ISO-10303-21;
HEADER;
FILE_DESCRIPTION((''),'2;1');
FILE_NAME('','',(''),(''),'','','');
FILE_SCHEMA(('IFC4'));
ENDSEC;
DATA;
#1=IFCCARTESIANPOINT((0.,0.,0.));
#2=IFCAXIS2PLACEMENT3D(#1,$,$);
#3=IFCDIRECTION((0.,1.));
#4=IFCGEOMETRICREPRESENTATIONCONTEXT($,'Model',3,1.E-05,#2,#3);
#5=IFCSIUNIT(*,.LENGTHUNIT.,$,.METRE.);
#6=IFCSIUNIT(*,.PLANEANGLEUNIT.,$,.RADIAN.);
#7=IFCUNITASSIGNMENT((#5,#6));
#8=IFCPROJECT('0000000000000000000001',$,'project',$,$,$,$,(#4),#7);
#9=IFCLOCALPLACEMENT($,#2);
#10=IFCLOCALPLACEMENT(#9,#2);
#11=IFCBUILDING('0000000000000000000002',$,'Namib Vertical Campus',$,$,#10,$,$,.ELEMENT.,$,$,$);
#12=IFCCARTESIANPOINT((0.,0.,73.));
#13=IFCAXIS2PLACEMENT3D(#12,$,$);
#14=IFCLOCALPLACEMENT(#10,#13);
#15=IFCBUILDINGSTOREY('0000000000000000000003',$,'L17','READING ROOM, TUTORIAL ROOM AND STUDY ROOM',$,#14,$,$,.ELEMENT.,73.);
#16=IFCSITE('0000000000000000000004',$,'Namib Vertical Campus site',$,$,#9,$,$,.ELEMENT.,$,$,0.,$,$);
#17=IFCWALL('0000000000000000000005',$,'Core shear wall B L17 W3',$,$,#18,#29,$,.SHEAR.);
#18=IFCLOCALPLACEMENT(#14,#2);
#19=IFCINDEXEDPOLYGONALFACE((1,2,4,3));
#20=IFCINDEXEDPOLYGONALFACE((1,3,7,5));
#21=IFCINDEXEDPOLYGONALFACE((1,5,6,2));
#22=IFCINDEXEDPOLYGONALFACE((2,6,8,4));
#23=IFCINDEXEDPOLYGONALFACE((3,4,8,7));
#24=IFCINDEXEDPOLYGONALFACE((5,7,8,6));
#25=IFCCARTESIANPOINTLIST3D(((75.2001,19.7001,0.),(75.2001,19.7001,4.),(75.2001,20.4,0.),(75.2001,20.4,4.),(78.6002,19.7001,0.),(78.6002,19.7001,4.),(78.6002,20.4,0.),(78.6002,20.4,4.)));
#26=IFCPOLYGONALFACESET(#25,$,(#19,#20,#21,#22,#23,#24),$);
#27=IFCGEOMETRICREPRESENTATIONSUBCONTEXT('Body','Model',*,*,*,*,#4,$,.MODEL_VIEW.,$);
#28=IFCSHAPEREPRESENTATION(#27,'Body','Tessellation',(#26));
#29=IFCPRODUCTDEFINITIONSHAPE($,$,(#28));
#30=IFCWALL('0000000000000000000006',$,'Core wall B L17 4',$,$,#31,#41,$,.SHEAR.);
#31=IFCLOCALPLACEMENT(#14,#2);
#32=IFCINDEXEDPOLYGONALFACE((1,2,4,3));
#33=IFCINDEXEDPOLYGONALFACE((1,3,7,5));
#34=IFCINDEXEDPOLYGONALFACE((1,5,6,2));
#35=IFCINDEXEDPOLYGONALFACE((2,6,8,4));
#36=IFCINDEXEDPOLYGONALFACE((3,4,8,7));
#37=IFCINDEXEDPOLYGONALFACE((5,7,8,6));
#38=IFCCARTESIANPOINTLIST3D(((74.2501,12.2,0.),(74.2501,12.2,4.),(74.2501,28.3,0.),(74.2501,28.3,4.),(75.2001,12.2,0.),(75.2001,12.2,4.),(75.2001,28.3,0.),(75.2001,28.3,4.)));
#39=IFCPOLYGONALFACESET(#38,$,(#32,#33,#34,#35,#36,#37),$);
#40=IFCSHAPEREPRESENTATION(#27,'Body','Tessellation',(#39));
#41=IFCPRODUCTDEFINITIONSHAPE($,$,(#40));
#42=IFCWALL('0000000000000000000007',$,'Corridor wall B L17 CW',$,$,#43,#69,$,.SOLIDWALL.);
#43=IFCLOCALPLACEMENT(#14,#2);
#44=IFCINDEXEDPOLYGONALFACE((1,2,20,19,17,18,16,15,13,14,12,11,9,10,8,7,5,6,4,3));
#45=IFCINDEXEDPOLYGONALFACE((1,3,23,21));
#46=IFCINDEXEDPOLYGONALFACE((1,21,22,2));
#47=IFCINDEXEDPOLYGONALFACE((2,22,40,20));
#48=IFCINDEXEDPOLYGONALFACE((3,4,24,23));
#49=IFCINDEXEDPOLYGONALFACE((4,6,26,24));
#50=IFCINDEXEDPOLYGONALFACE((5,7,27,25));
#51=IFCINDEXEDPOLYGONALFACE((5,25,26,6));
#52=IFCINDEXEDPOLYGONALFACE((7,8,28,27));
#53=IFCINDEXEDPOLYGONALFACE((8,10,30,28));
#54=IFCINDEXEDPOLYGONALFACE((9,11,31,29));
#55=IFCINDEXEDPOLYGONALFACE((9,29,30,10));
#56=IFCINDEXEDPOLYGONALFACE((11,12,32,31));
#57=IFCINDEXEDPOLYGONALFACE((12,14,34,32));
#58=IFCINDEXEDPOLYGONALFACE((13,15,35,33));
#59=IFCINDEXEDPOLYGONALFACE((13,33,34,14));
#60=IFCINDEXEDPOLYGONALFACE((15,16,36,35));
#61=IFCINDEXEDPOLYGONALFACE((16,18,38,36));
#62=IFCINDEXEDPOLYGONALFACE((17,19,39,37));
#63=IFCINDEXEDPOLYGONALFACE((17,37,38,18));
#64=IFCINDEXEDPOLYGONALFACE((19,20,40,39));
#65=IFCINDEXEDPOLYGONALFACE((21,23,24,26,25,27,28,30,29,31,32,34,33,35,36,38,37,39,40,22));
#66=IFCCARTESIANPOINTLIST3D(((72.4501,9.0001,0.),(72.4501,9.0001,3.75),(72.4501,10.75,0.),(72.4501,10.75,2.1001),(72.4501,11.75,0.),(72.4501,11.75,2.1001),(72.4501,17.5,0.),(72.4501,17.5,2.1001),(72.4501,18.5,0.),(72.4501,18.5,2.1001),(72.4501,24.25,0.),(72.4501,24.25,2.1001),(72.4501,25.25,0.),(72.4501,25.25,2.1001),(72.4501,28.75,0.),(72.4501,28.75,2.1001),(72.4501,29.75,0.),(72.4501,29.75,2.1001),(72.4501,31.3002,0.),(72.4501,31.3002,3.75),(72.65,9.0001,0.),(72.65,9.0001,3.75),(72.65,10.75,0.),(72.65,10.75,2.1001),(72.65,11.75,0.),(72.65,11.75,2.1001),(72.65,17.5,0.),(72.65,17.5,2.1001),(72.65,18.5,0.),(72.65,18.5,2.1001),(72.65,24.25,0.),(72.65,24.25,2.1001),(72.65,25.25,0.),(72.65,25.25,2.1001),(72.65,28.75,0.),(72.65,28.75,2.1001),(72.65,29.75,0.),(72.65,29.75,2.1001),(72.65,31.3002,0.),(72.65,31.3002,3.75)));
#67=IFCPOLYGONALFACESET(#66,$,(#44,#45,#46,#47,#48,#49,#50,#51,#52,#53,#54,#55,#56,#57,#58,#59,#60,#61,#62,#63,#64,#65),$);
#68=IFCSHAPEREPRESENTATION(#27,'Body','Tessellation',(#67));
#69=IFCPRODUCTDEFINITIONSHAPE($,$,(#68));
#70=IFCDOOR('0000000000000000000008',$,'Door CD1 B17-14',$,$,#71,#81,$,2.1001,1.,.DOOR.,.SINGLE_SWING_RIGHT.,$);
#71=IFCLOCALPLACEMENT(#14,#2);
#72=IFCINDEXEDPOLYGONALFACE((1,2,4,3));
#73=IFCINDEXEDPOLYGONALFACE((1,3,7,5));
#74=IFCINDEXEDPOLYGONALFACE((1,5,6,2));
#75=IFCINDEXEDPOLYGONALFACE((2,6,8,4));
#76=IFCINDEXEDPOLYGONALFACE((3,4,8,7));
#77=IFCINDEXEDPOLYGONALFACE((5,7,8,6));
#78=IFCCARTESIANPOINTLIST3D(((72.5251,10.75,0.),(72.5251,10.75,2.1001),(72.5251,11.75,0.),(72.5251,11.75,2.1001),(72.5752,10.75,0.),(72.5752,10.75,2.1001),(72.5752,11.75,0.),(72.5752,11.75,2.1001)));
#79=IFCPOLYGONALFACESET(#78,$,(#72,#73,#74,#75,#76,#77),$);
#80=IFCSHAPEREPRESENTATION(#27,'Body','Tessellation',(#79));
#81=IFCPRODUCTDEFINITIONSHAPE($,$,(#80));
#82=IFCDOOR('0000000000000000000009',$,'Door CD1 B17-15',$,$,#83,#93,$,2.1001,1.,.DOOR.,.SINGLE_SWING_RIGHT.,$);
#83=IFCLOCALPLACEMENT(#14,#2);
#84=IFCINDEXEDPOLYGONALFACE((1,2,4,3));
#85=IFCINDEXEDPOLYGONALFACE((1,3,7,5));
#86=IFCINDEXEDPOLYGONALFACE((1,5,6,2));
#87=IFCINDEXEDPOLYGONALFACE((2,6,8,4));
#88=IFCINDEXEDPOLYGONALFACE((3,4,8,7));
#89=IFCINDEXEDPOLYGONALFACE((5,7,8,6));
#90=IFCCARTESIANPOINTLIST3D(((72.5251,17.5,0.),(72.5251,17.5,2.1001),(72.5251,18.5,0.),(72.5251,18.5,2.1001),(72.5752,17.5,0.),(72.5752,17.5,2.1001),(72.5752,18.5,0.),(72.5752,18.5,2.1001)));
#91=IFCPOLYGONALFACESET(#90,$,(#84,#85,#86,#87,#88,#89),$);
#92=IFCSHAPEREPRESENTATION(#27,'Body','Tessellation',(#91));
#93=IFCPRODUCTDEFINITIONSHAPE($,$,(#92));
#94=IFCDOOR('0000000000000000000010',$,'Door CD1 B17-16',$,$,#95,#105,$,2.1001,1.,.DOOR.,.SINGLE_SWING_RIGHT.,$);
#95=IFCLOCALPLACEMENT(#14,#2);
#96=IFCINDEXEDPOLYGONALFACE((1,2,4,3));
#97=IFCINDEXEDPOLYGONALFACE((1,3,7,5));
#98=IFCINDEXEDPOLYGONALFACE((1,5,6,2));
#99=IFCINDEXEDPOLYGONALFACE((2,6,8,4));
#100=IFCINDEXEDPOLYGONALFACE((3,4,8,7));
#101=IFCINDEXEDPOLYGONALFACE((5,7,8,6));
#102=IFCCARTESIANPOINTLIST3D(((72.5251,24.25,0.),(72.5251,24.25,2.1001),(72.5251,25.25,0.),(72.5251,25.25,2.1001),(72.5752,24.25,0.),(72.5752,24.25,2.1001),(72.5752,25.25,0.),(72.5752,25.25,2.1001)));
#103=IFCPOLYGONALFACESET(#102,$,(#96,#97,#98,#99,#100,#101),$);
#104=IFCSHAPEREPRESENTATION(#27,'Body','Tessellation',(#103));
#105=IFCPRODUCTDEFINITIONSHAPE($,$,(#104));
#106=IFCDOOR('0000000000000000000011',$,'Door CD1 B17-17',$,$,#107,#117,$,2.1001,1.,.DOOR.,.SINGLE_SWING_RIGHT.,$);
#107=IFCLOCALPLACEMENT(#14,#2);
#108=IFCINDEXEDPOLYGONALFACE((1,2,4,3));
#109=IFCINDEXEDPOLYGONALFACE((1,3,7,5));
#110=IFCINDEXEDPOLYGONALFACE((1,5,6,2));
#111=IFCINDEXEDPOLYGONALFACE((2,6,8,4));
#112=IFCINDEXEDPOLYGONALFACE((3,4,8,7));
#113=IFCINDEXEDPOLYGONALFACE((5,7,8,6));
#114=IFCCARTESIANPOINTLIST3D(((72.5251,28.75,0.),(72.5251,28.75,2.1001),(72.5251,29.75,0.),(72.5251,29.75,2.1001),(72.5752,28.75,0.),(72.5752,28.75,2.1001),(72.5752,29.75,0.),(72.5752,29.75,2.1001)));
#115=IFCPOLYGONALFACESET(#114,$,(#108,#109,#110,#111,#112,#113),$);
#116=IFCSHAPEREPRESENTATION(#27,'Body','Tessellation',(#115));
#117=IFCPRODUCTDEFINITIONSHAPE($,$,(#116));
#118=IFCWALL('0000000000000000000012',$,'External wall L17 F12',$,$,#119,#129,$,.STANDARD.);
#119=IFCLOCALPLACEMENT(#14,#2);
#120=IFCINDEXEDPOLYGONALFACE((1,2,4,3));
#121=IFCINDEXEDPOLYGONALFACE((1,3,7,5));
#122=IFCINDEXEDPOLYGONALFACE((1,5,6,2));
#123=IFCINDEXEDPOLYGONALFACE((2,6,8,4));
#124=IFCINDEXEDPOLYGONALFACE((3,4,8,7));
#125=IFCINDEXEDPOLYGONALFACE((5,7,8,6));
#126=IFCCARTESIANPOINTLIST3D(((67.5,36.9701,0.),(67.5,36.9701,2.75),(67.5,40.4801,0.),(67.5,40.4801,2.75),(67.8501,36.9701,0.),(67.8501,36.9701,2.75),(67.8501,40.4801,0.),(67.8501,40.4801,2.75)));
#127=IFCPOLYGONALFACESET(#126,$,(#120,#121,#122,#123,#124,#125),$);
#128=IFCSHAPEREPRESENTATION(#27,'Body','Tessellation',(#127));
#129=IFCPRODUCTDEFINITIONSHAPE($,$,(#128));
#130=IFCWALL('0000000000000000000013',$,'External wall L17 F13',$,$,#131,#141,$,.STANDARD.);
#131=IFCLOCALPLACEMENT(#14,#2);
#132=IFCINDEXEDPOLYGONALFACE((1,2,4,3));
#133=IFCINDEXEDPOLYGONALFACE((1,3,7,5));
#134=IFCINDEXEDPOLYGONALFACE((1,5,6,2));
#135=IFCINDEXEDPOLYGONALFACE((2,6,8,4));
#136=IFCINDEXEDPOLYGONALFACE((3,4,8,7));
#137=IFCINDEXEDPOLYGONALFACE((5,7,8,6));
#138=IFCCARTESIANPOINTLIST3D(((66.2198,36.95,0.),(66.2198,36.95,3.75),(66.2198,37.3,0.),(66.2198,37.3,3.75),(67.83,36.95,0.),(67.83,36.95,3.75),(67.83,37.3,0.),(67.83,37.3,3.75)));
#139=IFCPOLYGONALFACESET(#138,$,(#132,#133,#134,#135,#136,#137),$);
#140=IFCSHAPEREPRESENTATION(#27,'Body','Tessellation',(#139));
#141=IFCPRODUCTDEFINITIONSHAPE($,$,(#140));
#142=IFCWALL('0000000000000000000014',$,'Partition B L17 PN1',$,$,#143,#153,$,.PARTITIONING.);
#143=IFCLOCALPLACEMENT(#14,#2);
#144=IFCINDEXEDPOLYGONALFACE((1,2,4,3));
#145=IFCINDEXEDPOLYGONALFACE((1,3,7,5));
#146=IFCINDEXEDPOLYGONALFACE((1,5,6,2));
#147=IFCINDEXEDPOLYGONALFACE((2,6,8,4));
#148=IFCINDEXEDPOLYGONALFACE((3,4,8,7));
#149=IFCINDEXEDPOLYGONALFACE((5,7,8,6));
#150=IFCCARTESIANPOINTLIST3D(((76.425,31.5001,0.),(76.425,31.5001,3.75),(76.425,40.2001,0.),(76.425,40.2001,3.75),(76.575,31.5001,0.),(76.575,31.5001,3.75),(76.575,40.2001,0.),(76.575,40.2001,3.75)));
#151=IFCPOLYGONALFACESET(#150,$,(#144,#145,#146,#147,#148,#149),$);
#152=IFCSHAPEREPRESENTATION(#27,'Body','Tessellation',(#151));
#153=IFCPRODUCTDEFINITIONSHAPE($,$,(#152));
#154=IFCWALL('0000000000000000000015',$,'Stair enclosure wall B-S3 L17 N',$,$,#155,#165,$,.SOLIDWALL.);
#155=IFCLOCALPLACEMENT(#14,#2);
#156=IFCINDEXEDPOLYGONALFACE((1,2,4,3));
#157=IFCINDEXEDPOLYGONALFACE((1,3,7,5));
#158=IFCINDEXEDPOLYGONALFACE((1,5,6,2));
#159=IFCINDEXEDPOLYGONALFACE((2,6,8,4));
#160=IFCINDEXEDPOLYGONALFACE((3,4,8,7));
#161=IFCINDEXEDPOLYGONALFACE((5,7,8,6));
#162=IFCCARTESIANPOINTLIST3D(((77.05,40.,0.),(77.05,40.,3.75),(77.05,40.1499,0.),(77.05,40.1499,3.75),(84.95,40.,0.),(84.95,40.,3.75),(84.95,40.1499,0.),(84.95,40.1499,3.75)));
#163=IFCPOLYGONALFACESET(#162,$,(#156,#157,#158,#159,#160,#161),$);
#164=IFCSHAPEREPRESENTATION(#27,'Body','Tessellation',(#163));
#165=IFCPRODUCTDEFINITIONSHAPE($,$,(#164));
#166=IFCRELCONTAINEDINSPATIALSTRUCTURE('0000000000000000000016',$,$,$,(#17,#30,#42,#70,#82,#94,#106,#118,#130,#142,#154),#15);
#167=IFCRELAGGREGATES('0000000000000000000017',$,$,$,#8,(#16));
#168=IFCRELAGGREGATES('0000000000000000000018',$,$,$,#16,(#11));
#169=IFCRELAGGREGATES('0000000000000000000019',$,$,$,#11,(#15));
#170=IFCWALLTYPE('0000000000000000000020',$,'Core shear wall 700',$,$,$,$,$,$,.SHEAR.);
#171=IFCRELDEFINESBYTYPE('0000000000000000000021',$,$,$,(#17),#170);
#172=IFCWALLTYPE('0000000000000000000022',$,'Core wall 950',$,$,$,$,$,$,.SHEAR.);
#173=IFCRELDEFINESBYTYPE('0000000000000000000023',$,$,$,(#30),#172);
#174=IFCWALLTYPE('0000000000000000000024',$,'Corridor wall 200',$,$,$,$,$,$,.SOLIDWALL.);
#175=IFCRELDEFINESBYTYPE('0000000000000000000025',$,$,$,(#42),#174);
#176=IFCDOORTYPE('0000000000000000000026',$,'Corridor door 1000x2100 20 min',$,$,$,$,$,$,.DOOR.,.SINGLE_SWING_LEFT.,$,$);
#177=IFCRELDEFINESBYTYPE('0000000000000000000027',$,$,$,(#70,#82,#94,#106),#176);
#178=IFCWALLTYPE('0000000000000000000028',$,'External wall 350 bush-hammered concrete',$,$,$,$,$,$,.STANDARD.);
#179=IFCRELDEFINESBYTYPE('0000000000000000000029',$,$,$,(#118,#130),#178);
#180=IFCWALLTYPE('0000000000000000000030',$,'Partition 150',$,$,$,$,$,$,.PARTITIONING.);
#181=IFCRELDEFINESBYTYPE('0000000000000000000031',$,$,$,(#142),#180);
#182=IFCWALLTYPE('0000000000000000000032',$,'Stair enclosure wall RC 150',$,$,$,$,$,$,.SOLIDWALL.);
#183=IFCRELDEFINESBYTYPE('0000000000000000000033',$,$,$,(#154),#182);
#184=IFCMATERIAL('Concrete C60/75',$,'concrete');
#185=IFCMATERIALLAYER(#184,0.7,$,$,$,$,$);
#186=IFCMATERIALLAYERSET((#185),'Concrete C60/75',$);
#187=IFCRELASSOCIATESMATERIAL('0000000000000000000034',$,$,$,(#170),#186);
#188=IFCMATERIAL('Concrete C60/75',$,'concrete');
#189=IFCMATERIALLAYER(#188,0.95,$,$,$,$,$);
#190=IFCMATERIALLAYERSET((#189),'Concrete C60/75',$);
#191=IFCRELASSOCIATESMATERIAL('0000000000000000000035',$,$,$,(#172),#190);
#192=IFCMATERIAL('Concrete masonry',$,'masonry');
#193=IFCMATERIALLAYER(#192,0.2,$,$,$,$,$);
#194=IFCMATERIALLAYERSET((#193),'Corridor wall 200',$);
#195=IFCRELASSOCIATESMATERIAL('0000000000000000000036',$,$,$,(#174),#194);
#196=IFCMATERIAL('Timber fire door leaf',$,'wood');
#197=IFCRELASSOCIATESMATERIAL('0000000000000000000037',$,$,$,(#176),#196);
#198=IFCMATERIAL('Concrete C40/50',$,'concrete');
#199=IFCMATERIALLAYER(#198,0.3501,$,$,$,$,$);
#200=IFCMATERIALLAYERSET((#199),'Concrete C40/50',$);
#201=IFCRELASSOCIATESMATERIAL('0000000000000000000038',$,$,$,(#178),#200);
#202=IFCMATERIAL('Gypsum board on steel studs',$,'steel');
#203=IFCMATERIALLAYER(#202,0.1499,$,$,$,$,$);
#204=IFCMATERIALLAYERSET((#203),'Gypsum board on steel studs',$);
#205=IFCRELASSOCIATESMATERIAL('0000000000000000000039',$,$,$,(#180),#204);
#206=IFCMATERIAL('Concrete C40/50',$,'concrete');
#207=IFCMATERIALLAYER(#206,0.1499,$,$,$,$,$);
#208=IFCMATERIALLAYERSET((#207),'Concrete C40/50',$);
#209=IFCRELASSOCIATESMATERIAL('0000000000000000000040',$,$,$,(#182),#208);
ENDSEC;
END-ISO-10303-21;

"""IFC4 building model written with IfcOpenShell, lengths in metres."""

from ifc_helpers import new_model, si_unit, direction, frame, frame_2d, origin, place, context, subcontext, project, spatial, rectangle, extrude, material, layer, layer_set, type_object, element, fill, save


model = new_model("IFC4")

# Units and contexts
model_context = context("Model", 3, precision=1e-05, world=origin(), true_north=direction((0.0, 1.0)))
body_context = subcontext(model_context, "Body", "Model", "MODEL_VIEW")
ifc_project = project(units=[si_unit("LENGTHUNIT", "METRE"), si_unit("PLANEANGLEUNIT", "RADIAN")], contexts=[model_context])

# Site, building, storey
site_placement = place(None, origin())
site = spatial("IfcSite", under=ifc_project, at=site_placement, Name="Namib Vertical Campus site", CompositionType="ELEMENT", RefElevation=0.0)
building_placement = place(site_placement, origin())
building = spatial("IfcBuilding", under=site, at=building_placement, Name="Namib Vertical Campus", CompositionType="ELEMENT")
storey_placement = place(building_placement, frame((0.0, 0.0, 73.0)))
storey = spatial("IfcBuildingStorey", under=building, at=storey_placement, Name="L17", Description="READING ROOM, TUTORIAL ROOM AND STUDY ROOM", CompositionType="ELEMENT", Elevation=73.0)

# Walls
ifc_material_1 = material(Name="Concrete C60/75", Category="concrete")
ifc_layer_1 = layer(ifc_material_1, 0.7)
ifc_layer_set_1 = layer_set([ifc_layer_1], Name="Concrete C60/75")
wall_type_1 = type_object("IfcWallType", Name="Core shear wall 700", PredefinedType="SHEAR", material=ifc_layer_set_1)
wall_1_placement = place(storey_placement, frame((75.2, 20.05, 0.0), z_axis=(0.0, 0.0, 1.0), x_axis=(1.0, 0.0, 0.0)))
element("IfcWall", 1, at=wall_1_placement, inside=storey, type_object=wall_type_1, Name="Core shear wall B L17 W3", PredefinedType="SHEAR", context=body_context, shape_type="SweptSolid", body=[
    extrude(rectangle(XDim=3.4001, YDim=0.7, at=frame_2d((1.7002, 0.0))), origin(), (0.0, 0.0, 1.0), 4.0),
])
ifc_material_2 = material(Name="Concrete C60/75", Category="concrete")
ifc_layer_2 = layer(ifc_material_2, 0.95)
ifc_layer_set_2 = layer_set([ifc_layer_2], Name="Concrete C60/75")
wall_type_2 = type_object("IfcWallType", Name="Core wall 950", PredefinedType="SHEAR", material=ifc_layer_set_2)
wall_2_placement = place(storey_placement, frame((74.7251, 28.3, 0.0), z_axis=(0.0, 0.0, 1.0), x_axis=(0.0, -1.0, 0.0)))
element("IfcWall", 2, at=wall_2_placement, inside=storey, type_object=wall_type_2, Name="Core wall B L17 4", PredefinedType="SHEAR", context=body_context, shape_type="SweptSolid", body=[
    extrude(rectangle(XDim=16.1001, YDim=0.95, at=frame_2d((8.05, 0.0))), origin(), (0.0, 0.0, 1.0), 4.0),
])

# Wall, openings, doors
ifc_material_3 = material(Name="Concrete masonry", Category="masonry")
ifc_layer_3 = layer(ifc_material_3, 0.2)
ifc_layer_set_3 = layer_set([ifc_layer_3], Name="Corridor wall 200")
wall_type_3 = type_object("IfcWallType", Name="Corridor wall 200", PredefinedType="SOLIDWALL", material=ifc_layer_set_3)
wall_3_placement = place(storey_placement, frame((72.55, 31.3, 0.0), z_axis=(0.0, 0.0, 1.0), x_axis=(0.0, -1.0, 0.0)))
wall_3 = element("IfcWall", 3, at=wall_3_placement, inside=storey, type_object=wall_type_3, Name="Corridor wall B L17 CW", PredefinedType="SOLIDWALL", context=body_context, shape_type="SweptSolid", body=[
    extrude(rectangle(XDim=22.3, YDim=0.2, at=frame_2d((11.1499, 0.0))), origin(), (0.0, 0.0, 1.0), 3.75),
])
opening_1_placement = place(wall_3_placement, frame((19.55, 0.0, 0.0)))
opening_1 = element("IfcOpeningElement", 4, at=opening_1_placement, cuts=wall_3, PredefinedType="OPENING", context=body_context, shape_type="SweptSolid", body=[
    extrude(rectangle(XDim=1.0, YDim=2.1001, at=frame_2d((0.5, 1.05))), frame((0.0, 0.1099, 0.0), z_axis=(0.0, -1.0, 0.0), x_axis=(1.0, 0.0, 0.0)), (0.0, 0.0, 1.0), 0.22),
])
opening_2_placement = place(wall_3_placement, frame((12.8, 0.0, 0.0)))
opening_2 = element("IfcOpeningElement", 5, at=opening_2_placement, cuts=wall_3, PredefinedType="OPENING", context=body_context, shape_type="SweptSolid", body=[
    extrude(rectangle(XDim=1.0, YDim=2.1001, at=frame_2d((0.5, 1.05))), frame((0.0, 0.1099, 0.0), z_axis=(0.0, -1.0, 0.0), x_axis=(1.0, 0.0, 0.0)), (0.0, 0.0, 1.0), 0.22),
])
opening_3_placement = place(wall_3_placement, frame((6.05, 0.0, 0.0)))
opening_3 = element("IfcOpeningElement", 6, at=opening_3_placement, cuts=wall_3, PredefinedType="OPENING", context=body_context, shape_type="SweptSolid", body=[
    extrude(rectangle(XDim=1.0, YDim=2.1001, at=frame_2d((0.5, 1.05))), frame((0.0, 0.1099, 0.0), z_axis=(0.0, -1.0, 0.0), x_axis=(1.0, 0.0, 0.0)), (0.0, 0.0, 1.0), 0.22),
])
opening_4_placement = place(wall_3_placement, frame((1.55, 0.0, 0.0)))
opening_4 = element("IfcOpeningElement", 7, at=opening_4_placement, cuts=wall_3, PredefinedType="OPENING", context=body_context, shape_type="SweptSolid", body=[
    extrude(rectangle(XDim=1.0, YDim=2.1001, at=frame_2d((0.5, 1.05))), frame((0.0, 0.1099, 0.0), z_axis=(0.0, -1.0, 0.0), x_axis=(1.0, 0.0, 0.0)), (0.0, 0.0, 1.0), 0.22),
])
ifc_material_4 = material(Name="Timber fire door leaf", Category="wood")
door_type_1 = type_object("IfcDoorType", Name="Corridor door 1000x2100 20 min", OperationType="SINGLE_SWING_LEFT", PredefinedType="DOOR", material=ifc_material_4)
door_1_placement = place(opening_1_placement, frame((1.0, 0.0, 0.0), z_axis=(0.0, 0.0, 1.0), x_axis=(-1.0, 0.0, 0.0)))
door_1 = element("IfcDoor", 8, at=door_1_placement, inside=storey, type_object=door_type_1, Name="Door CD1 B17-14", OperationType="SINGLE_SWING_RIGHT", OverallHeight=2.1001, OverallWidth=1.0, PredefinedType="DOOR", context=body_context, shape_type="SweptSolid", body=[
    extrude(rectangle(XDim=1.0, YDim=2.1001, at=frame_2d((0.5, 1.05))), frame((0.0, 0.0249, 0.0), z_axis=(0.0, -1.0, 0.0), x_axis=(1.0, 0.0, 0.0)), (0.0, 0.0, 1.0), 0.05),
])
fill(opening_1, door_1)
door_2_placement = place(opening_2_placement, frame((1.0, 0.0, 0.0), z_axis=(0.0, 0.0, 1.0), x_axis=(-1.0, 0.0, 0.0)))
door_2 = element("IfcDoor", 9, at=door_2_placement, inside=storey, type_object=door_type_1, Name="Door CD1 B17-15", OperationType="SINGLE_SWING_RIGHT", OverallHeight=2.1001, OverallWidth=1.0, PredefinedType="DOOR", context=body_context, shape_type="SweptSolid", body=[
    extrude(rectangle(XDim=1.0, YDim=2.1001, at=frame_2d((0.5, 1.05))), frame((0.0, 0.0249, 0.0), z_axis=(0.0, -1.0, 0.0), x_axis=(1.0, 0.0, 0.0)), (0.0, 0.0, 1.0), 0.05),
])
fill(opening_2, door_2)
door_3_placement = place(opening_3_placement, frame((1.0, 0.0, 0.0), z_axis=(0.0, 0.0, 1.0), x_axis=(-1.0, 0.0, 0.0)))
door_3 = element("IfcDoor", 10, at=door_3_placement, inside=storey, type_object=door_type_1, Name="Door CD1 B17-16", OperationType="SINGLE_SWING_RIGHT", OverallHeight=2.1001, OverallWidth=1.0, PredefinedType="DOOR", context=body_context, shape_type="SweptSolid", body=[
    extrude(rectangle(XDim=1.0, YDim=2.1001, at=frame_2d((0.5, 1.05))), frame((0.0, 0.0249, 0.0), z_axis=(0.0, -1.0, 0.0), x_axis=(1.0, 0.0, 0.0)), (0.0, 0.0, 1.0), 0.05),
])
fill(opening_3, door_3)
door_4_placement = place(opening_4_placement, frame((1.0, 0.0, 0.0), z_axis=(0.0, 0.0, 1.0), x_axis=(-1.0, 0.0, 0.0)))
door_4 = element("IfcDoor", 11, at=door_4_placement, inside=storey, type_object=door_type_1, Name="Door CD1 B17-17", OperationType="SINGLE_SWING_RIGHT", OverallHeight=2.1001, OverallWidth=1.0, PredefinedType="DOOR", context=body_context, shape_type="SweptSolid", body=[
    extrude(rectangle(XDim=1.0, YDim=2.1001, at=frame_2d((0.5, 1.05))), frame((0.0, 0.0249, 0.0), z_axis=(0.0, -1.0, 0.0), x_axis=(1.0, 0.0, 0.0)), (0.0, 0.0, 1.0), 0.05),
])
fill(opening_4, door_4)

# Walls
ifc_material_5 = material(Name="Concrete C40/50", Category="concrete")
ifc_layer_4 = layer(ifc_material_5, 0.3501)
ifc_layer_set_4 = layer_set([ifc_layer_4], Name="Concrete C40/50")
wall_type_4 = type_object("IfcWallType", Name="External wall 350 bush-hammered concrete", PredefinedType="STANDARD", material=ifc_layer_set_4)
wall_4_placement = place(storey_placement, frame((67.675, 40.48, 0.0), z_axis=(0.0, 0.0, 1.0), x_axis=(0.0, -1.0, 0.0)))
element("IfcWall", 12, at=wall_4_placement, inside=storey, type_object=wall_type_4, Name="External wall L17 F12", PredefinedType="STANDARD", context=body_context, shape_type="SweptSolid", body=[
    extrude(rectangle(XDim=3.51, YDim=0.3501, at=frame_2d((1.7549, 0.0))), origin(), (0.0, 0.0, 1.0), 2.75),
])
wall_5_placement = place(storey_placement, frame((67.8301, 37.125, 0.0), z_axis=(0.0, 0.0, 1.0), x_axis=(-1.0, 0.0, 0.0)))
element("IfcWall", 13, at=wall_5_placement, inside=storey, type_object=wall_type_4, Name="External wall L17 F13", PredefinedType="STANDARD", context=body_context, shape_type="SweptSolid", body=[
    extrude(rectangle(XDim=1.6101, YDim=0.3501, at=frame_2d((0.8052, 0.0))), origin(), (0.0, 0.0, 1.0), 3.75),
])
ifc_material_6 = material(Name="Gypsum board on steel studs", Category="steel")
ifc_layer_5 = layer(ifc_material_6, 0.1499)
ifc_layer_set_5 = layer_set([ifc_layer_5], Name="Gypsum board on steel studs")
wall_type_5 = type_object("IfcWallType", Name="Partition 150", PredefinedType="PARTITIONING", material=ifc_layer_set_5)
wall_6_placement = place(storey_placement, frame((76.5, 31.5, 0.0), z_axis=(0.0, 0.0, 1.0), x_axis=(0.0, 1.0, 0.0)))
element("IfcWall", 14, at=wall_6_placement, inside=storey, type_object=wall_type_5, Name="Partition B L17 PN1", PredefinedType="PARTITIONING", context=body_context, shape_type="SweptSolid", body=[
    extrude(rectangle(XDim=8.7, YDim=0.1499, at=frame_2d((4.3501, 0.0))), origin(), (0.0, 0.0, 1.0), 3.75),
])
ifc_material_7 = material(Name="Concrete C40/50", Category="concrete")
ifc_layer_6 = layer(ifc_material_7, 0.1499)
ifc_layer_set_6 = layer_set([ifc_layer_6], Name="Concrete C40/50")
wall_type_6 = type_object("IfcWallType", Name="Stair enclosure wall RC 150", PredefinedType="SOLIDWALL", material=ifc_layer_set_6)
wall_7_placement = place(storey_placement, frame((77.05, 40.075, 0.0), z_axis=(0.0, 0.0, 1.0), x_axis=(1.0, 0.0, 0.0)))
element("IfcWall", 15, at=wall_7_placement, inside=storey, type_object=wall_type_6, Name="Stair enclosure wall B-S3 L17 N", PredefinedType="SOLIDWALL", context=body_context, shape_type="SweptSolid", body=[
    extrude(rectangle(XDim=7.8999, YDim=0.1499, at=frame_2d((3.95, 0.0))), origin(), (0.0, 0.0, 1.0), 3.75),
])

save(model, "model.ifc")
